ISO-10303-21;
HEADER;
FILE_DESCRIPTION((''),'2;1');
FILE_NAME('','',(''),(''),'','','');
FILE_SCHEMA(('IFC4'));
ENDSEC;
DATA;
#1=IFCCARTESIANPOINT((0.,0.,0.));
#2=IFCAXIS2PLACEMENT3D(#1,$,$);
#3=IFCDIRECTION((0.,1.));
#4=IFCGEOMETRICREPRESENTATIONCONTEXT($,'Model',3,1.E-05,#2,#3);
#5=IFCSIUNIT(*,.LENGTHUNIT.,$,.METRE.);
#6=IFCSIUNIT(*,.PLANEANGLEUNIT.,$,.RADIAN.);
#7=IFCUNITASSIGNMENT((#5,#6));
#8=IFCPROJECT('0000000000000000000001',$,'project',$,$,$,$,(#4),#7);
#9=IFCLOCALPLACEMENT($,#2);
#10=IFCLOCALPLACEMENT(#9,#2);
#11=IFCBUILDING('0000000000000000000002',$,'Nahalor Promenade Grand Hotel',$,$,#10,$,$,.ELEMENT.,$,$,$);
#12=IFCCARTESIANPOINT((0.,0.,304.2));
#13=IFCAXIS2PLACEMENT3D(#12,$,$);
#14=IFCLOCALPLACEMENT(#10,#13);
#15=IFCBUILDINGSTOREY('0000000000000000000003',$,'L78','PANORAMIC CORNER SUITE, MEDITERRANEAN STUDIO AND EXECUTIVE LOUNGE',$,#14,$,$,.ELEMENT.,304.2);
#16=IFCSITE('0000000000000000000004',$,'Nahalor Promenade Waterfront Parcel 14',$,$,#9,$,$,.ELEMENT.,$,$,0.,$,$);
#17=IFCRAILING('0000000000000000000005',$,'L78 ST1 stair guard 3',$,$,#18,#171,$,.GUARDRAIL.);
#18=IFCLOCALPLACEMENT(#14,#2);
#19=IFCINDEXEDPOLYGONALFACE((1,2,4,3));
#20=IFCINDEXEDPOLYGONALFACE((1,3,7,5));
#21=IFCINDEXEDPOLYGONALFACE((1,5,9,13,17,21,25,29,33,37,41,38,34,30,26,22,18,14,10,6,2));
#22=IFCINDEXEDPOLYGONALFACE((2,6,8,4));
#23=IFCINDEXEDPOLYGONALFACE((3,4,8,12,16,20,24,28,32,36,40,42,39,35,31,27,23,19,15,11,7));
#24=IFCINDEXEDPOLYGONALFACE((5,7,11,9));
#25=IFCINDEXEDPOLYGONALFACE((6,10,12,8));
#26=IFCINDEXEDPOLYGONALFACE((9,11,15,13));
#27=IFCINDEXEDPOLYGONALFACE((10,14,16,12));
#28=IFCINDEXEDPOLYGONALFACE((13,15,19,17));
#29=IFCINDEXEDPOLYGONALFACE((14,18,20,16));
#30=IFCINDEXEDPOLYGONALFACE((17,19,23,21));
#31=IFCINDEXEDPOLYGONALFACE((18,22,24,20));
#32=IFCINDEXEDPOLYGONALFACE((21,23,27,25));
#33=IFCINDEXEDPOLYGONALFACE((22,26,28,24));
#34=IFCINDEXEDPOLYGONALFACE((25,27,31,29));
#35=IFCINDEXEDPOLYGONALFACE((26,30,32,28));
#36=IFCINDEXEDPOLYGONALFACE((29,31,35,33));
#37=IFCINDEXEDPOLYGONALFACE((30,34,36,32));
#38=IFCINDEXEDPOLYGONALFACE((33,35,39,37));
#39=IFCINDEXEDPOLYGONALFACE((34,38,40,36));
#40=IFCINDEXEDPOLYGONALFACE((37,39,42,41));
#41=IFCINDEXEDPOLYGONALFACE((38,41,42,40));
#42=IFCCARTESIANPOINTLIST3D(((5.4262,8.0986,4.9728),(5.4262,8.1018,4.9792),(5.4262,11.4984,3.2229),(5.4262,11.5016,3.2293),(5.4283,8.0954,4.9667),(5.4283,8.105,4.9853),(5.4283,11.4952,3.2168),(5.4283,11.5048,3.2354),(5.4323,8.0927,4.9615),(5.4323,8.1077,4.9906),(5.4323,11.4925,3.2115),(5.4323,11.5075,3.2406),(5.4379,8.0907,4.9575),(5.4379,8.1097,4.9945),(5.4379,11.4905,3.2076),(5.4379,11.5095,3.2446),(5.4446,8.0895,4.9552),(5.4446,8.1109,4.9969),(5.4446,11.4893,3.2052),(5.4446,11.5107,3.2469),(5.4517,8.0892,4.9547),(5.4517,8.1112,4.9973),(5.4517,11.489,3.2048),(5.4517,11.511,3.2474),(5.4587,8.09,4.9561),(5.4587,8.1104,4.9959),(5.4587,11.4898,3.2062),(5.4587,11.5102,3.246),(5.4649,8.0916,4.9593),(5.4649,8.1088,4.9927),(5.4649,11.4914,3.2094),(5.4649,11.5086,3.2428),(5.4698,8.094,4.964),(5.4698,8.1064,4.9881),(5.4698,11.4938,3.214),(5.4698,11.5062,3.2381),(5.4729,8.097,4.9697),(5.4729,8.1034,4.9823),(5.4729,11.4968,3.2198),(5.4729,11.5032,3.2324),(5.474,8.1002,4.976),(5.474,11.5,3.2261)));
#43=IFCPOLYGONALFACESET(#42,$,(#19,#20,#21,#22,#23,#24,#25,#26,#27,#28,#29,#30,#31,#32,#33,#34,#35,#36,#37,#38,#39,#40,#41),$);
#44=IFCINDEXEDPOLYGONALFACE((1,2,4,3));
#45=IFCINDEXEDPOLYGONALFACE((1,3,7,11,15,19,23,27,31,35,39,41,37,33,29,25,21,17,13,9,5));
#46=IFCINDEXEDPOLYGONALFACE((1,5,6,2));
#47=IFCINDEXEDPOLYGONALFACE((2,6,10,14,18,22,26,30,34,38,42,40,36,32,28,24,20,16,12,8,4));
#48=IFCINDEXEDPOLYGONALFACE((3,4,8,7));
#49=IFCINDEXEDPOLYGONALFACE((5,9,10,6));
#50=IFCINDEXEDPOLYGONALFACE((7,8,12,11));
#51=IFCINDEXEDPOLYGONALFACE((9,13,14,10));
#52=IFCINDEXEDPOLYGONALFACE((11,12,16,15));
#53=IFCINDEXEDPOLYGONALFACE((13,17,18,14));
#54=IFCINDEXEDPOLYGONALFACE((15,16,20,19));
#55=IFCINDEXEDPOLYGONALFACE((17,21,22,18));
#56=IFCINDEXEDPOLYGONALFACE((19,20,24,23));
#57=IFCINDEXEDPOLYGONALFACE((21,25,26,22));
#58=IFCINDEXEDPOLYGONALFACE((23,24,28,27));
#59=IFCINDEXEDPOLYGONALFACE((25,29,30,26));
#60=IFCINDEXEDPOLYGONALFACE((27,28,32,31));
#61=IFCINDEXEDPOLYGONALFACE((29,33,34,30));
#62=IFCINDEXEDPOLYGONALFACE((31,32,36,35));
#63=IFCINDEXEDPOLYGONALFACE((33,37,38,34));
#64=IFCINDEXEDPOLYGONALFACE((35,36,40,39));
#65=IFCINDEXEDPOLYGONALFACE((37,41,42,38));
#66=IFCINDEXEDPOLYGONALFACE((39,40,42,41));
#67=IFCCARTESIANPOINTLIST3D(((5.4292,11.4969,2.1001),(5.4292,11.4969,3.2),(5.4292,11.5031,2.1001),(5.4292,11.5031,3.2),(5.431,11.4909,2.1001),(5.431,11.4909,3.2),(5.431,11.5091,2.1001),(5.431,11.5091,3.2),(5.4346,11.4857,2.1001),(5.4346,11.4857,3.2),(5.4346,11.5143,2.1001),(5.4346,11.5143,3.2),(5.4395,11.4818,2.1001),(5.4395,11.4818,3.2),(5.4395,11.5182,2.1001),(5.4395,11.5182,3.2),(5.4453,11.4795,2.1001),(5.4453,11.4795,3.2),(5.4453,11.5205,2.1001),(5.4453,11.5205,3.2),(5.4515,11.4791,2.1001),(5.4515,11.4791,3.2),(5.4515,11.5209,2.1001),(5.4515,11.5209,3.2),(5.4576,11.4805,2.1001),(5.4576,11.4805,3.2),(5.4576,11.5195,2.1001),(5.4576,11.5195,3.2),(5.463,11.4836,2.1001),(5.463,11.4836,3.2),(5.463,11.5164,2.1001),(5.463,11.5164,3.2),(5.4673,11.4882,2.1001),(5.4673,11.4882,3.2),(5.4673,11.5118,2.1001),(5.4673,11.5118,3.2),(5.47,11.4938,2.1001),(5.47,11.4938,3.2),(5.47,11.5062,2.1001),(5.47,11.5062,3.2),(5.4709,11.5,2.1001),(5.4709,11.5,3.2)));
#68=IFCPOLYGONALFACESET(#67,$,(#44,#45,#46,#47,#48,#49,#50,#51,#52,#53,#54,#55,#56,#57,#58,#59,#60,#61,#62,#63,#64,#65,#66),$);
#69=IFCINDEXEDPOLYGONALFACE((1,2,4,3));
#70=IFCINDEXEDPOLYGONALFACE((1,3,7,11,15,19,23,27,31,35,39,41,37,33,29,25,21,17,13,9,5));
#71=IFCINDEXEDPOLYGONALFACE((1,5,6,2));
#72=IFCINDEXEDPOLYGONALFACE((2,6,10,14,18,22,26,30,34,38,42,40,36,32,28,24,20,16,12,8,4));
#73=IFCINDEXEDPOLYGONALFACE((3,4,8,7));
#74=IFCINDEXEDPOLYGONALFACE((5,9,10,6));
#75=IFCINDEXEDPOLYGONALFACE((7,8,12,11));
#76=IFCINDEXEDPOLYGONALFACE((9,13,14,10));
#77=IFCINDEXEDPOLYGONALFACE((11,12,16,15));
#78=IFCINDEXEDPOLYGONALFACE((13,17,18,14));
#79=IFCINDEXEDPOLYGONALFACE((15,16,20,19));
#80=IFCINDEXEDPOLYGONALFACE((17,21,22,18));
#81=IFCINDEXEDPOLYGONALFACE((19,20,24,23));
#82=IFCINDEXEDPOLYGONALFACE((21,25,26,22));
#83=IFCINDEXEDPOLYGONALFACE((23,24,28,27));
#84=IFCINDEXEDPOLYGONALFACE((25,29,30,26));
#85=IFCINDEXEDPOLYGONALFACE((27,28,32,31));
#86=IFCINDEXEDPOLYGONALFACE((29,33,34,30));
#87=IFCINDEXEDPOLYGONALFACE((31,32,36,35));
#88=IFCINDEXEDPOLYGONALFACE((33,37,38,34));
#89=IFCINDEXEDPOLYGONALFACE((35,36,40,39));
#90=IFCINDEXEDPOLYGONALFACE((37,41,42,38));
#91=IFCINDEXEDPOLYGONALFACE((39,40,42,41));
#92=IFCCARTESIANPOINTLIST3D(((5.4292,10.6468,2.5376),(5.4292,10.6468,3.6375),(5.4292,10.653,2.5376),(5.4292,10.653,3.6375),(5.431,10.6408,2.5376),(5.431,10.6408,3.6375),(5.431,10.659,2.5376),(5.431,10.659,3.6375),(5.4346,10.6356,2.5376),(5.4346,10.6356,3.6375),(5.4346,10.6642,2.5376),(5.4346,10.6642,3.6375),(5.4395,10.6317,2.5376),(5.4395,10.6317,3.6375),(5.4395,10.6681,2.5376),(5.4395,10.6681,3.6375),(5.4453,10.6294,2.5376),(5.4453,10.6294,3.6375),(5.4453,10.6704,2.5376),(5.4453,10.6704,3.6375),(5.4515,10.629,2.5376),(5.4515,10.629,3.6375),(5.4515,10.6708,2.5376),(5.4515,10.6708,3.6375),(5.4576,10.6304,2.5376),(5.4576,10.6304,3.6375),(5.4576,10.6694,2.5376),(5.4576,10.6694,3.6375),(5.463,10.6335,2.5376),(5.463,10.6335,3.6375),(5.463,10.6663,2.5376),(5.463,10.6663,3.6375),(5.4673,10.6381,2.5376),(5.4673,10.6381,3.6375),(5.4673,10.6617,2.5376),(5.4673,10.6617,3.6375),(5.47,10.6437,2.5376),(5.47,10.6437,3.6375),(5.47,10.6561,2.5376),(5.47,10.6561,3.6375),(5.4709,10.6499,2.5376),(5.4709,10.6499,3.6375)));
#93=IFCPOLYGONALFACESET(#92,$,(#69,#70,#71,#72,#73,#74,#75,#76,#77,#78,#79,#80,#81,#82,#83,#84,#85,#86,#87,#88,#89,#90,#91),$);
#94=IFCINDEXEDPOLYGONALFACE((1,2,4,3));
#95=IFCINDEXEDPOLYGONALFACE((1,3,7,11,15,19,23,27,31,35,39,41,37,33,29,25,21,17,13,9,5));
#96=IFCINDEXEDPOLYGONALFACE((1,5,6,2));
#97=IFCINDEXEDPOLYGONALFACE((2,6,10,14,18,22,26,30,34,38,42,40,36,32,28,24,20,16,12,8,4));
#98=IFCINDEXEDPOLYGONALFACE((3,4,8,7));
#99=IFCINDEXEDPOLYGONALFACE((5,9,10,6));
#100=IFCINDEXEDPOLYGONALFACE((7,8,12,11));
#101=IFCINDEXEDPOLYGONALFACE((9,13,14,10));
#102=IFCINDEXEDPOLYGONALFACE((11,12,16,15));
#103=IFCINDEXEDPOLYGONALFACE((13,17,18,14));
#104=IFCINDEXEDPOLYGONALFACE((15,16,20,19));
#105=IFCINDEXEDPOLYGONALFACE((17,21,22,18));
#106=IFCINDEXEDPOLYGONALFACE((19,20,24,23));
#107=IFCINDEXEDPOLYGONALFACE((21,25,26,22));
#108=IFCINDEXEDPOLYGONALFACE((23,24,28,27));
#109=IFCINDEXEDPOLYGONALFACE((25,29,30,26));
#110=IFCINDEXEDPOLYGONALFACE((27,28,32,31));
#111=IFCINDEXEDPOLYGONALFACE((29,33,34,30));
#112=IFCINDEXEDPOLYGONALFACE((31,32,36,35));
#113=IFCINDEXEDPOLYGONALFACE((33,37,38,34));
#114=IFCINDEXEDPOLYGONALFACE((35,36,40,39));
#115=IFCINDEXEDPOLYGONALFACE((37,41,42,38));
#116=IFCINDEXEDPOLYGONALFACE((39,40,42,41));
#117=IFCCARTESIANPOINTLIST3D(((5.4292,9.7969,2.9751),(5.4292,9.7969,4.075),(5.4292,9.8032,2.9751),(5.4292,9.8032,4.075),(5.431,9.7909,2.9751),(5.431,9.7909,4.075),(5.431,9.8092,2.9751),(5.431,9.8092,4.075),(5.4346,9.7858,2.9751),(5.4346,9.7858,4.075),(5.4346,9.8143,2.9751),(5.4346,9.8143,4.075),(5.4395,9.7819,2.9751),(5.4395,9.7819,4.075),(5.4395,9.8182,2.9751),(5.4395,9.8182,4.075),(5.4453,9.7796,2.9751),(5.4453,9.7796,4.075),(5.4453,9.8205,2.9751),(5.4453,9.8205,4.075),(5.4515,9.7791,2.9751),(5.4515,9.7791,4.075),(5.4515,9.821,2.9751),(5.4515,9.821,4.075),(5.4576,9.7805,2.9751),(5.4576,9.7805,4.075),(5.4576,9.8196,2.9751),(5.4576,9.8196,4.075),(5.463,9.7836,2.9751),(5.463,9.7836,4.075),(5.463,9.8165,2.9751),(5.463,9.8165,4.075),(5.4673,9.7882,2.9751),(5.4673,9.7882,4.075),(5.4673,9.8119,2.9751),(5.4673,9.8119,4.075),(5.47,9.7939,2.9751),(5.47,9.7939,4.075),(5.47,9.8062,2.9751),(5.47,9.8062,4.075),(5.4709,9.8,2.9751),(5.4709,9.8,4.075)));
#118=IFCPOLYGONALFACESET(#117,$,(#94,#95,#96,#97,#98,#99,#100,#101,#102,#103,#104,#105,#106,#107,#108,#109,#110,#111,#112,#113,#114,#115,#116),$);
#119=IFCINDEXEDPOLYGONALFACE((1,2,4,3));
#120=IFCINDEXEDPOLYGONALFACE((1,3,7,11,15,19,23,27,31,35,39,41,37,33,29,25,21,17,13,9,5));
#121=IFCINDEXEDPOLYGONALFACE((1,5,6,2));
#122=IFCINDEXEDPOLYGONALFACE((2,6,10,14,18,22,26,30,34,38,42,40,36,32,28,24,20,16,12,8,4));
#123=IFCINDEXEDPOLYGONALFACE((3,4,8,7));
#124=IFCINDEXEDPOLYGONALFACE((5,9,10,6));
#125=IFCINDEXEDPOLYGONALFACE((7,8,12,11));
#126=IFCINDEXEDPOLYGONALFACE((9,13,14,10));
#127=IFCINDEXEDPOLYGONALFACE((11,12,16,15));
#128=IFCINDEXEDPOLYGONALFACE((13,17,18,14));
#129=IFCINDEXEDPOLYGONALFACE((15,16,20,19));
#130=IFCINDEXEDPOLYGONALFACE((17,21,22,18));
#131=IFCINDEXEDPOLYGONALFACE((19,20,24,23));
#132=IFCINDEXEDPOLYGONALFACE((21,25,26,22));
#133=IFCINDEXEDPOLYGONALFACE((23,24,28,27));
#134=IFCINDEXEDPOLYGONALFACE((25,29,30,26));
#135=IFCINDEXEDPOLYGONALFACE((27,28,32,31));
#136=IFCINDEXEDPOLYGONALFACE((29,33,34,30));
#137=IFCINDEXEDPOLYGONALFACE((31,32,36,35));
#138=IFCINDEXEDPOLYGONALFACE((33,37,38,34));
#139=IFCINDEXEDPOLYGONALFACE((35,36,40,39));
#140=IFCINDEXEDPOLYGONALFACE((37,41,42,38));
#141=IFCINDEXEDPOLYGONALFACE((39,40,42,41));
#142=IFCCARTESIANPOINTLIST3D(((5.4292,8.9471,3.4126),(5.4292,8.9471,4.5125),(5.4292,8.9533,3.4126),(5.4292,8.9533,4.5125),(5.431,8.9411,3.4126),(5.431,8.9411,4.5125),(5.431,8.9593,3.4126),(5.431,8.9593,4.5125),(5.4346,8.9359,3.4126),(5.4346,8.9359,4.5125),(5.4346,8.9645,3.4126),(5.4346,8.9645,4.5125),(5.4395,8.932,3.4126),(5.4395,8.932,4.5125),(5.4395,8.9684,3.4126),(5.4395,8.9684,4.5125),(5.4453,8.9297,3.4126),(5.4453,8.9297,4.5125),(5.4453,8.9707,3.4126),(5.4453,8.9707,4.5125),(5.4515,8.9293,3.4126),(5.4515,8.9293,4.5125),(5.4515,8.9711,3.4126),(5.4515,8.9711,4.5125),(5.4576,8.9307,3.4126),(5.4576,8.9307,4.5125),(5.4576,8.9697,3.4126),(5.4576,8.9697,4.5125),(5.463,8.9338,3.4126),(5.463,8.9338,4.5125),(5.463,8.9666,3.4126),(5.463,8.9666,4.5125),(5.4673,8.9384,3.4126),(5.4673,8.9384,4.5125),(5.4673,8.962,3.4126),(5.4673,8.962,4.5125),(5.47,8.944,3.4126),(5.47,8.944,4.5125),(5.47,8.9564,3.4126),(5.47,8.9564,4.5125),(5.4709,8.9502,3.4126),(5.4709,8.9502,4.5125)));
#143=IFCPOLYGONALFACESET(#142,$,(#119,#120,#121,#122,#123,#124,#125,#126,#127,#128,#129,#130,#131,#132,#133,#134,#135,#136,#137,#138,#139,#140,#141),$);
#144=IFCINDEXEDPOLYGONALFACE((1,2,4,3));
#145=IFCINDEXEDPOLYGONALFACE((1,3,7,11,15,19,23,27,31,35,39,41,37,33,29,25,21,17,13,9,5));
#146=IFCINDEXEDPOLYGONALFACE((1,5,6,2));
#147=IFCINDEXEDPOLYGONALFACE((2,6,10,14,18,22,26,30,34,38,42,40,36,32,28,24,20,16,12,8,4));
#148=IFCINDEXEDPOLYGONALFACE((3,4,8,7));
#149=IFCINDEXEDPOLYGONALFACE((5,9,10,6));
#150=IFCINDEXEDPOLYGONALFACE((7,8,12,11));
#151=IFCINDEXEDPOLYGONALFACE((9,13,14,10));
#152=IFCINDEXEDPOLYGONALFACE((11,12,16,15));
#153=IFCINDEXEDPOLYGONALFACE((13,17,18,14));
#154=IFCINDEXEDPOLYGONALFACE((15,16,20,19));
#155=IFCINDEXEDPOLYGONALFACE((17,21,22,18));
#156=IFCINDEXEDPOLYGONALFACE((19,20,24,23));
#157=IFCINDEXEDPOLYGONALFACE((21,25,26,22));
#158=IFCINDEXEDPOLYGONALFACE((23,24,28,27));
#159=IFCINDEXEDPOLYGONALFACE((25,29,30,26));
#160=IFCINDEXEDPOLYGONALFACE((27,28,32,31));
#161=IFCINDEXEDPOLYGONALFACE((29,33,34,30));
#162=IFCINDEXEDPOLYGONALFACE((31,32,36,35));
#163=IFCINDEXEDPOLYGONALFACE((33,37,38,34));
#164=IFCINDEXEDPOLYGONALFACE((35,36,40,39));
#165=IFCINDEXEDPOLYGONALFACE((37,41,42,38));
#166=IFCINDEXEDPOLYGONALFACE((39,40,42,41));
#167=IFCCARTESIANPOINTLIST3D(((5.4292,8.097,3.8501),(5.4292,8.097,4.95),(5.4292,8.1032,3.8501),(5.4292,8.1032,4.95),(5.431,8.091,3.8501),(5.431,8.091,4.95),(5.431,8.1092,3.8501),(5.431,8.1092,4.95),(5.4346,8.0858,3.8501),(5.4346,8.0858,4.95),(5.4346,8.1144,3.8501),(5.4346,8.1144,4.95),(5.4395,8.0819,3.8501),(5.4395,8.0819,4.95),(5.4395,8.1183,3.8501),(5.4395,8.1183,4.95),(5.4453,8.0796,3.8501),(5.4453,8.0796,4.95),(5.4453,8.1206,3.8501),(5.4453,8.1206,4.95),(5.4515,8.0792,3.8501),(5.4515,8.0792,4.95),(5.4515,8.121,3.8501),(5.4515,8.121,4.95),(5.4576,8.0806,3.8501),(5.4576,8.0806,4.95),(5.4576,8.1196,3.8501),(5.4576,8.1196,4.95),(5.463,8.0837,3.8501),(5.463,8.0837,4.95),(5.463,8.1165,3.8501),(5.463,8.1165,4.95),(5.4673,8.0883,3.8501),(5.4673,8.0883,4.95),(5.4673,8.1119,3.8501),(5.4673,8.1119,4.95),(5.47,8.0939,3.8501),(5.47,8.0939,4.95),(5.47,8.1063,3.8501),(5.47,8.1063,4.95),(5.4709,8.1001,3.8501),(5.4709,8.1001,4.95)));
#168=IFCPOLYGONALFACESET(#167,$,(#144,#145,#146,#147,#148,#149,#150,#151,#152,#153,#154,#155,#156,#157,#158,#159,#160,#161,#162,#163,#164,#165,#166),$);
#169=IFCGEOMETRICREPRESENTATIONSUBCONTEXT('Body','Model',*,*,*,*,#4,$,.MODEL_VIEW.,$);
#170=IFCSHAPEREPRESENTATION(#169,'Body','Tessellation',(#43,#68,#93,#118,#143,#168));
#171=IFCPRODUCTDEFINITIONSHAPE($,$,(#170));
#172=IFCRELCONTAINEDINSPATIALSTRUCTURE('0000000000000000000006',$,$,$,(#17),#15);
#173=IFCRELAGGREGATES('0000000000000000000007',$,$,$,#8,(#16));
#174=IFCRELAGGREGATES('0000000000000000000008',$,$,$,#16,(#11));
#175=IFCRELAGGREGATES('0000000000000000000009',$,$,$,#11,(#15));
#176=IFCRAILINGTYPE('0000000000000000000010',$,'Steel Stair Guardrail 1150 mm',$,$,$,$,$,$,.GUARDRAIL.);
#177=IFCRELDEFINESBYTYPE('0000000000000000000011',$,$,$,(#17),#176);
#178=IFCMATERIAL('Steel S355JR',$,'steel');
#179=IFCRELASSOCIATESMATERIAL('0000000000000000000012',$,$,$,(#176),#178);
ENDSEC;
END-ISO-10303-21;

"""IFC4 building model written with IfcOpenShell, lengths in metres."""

from ifc_helpers import new_model, si_unit, direction, frame, origin, origin_2d, place, context, subcontext, project, spatial, circle, extrude, material, type_object, element, save


model = new_model("IFC4")

# Units and contexts
model_context = context("Model", 3, precision=1e-05, world=origin(), true_north=direction((0.0, 1.0)))
body_context = subcontext(model_context, "Body", "Model", "MODEL_VIEW")
ifc_project = project(units=[si_unit("LENGTHUNIT", "METRE"), si_unit("PLANEANGLEUNIT", "RADIAN")], contexts=[model_context])

# Site, building, storey
site_placement = place(None, origin())
site = spatial("IfcSite", under=ifc_project, at=site_placement, Name="Nahalor Promenade Waterfront Parcel 14", CompositionType="ELEMENT", RefElevation=0.0)
building_placement = place(site_placement, origin())
building = spatial("IfcBuilding", under=site, at=building_placement, Name="Nahalor Promenade Grand Hotel", CompositionType="ELEMENT")
storey_placement = place(building_placement, frame((0.0, 0.0, 304.2)))
storey = spatial("IfcBuildingStorey", under=building, at=storey_placement, Name="L78", Description="PANORAMIC CORNER SUITE, MEDITERRANEAN STUDIO AND EXECUTIVE LOUNGE", CompositionType="ELEMENT", Elevation=304.2)

# Shared definitions
ifc_material_1 = material(Name="Steel S355JR", Category="steel")

# Railing
railing_type_1 = type_object("IfcRailingType", Name="Steel Stair Guardrail 1150 mm", PredefinedType="GUARDRAIL", material=ifc_material_1)
railing_1_placement = place(storey_placement, frame((5.45, 11.5, 2.1001)))
element("IfcRailing", 1, at=railing_1_placement, inside=storey, type_object=railing_type_1, Name="L78 ST1 stair guard 3", PredefinedType="GUARDRAIL", context=body_context, shape_type="SweptSolid", body=[
    extrude(circle(Radius=0.024, at=origin_2d()), frame((0.0, 0.0, 1.126), z_axis=(0.0, -0.88913, 0.457654), x_axis=(1.0, 0.0, 0.0)), (0.0, 0.0, 1.0), 3.8237),
    extrude(circle(Radius=0.021, at=origin_2d()), origin(), (0.0, 0.0, 1.0), 1.0999),
    extrude(circle(Radius=0.021, at=origin_2d()), frame((0.0, -0.8501, 0.4375)), (0.0, 0.0, 1.0), 1.0999),
    extrude(circle(Radius=0.021, at=origin_2d()), frame((0.0, -1.7, 0.875)), (0.0, 0.0, 1.0), 1.0999),
    extrude(circle(Radius=0.021, at=origin_2d()), frame((0.0, -2.5498, 1.3125)), (0.0, 0.0, 1.0), 1.0999),
    extrude(circle(Radius=0.021, at=origin_2d()), frame((0.0, -3.3999, 1.75)), (0.0, 0.0, 1.0), 1.0999),
])

save(model, "model.ifc")
